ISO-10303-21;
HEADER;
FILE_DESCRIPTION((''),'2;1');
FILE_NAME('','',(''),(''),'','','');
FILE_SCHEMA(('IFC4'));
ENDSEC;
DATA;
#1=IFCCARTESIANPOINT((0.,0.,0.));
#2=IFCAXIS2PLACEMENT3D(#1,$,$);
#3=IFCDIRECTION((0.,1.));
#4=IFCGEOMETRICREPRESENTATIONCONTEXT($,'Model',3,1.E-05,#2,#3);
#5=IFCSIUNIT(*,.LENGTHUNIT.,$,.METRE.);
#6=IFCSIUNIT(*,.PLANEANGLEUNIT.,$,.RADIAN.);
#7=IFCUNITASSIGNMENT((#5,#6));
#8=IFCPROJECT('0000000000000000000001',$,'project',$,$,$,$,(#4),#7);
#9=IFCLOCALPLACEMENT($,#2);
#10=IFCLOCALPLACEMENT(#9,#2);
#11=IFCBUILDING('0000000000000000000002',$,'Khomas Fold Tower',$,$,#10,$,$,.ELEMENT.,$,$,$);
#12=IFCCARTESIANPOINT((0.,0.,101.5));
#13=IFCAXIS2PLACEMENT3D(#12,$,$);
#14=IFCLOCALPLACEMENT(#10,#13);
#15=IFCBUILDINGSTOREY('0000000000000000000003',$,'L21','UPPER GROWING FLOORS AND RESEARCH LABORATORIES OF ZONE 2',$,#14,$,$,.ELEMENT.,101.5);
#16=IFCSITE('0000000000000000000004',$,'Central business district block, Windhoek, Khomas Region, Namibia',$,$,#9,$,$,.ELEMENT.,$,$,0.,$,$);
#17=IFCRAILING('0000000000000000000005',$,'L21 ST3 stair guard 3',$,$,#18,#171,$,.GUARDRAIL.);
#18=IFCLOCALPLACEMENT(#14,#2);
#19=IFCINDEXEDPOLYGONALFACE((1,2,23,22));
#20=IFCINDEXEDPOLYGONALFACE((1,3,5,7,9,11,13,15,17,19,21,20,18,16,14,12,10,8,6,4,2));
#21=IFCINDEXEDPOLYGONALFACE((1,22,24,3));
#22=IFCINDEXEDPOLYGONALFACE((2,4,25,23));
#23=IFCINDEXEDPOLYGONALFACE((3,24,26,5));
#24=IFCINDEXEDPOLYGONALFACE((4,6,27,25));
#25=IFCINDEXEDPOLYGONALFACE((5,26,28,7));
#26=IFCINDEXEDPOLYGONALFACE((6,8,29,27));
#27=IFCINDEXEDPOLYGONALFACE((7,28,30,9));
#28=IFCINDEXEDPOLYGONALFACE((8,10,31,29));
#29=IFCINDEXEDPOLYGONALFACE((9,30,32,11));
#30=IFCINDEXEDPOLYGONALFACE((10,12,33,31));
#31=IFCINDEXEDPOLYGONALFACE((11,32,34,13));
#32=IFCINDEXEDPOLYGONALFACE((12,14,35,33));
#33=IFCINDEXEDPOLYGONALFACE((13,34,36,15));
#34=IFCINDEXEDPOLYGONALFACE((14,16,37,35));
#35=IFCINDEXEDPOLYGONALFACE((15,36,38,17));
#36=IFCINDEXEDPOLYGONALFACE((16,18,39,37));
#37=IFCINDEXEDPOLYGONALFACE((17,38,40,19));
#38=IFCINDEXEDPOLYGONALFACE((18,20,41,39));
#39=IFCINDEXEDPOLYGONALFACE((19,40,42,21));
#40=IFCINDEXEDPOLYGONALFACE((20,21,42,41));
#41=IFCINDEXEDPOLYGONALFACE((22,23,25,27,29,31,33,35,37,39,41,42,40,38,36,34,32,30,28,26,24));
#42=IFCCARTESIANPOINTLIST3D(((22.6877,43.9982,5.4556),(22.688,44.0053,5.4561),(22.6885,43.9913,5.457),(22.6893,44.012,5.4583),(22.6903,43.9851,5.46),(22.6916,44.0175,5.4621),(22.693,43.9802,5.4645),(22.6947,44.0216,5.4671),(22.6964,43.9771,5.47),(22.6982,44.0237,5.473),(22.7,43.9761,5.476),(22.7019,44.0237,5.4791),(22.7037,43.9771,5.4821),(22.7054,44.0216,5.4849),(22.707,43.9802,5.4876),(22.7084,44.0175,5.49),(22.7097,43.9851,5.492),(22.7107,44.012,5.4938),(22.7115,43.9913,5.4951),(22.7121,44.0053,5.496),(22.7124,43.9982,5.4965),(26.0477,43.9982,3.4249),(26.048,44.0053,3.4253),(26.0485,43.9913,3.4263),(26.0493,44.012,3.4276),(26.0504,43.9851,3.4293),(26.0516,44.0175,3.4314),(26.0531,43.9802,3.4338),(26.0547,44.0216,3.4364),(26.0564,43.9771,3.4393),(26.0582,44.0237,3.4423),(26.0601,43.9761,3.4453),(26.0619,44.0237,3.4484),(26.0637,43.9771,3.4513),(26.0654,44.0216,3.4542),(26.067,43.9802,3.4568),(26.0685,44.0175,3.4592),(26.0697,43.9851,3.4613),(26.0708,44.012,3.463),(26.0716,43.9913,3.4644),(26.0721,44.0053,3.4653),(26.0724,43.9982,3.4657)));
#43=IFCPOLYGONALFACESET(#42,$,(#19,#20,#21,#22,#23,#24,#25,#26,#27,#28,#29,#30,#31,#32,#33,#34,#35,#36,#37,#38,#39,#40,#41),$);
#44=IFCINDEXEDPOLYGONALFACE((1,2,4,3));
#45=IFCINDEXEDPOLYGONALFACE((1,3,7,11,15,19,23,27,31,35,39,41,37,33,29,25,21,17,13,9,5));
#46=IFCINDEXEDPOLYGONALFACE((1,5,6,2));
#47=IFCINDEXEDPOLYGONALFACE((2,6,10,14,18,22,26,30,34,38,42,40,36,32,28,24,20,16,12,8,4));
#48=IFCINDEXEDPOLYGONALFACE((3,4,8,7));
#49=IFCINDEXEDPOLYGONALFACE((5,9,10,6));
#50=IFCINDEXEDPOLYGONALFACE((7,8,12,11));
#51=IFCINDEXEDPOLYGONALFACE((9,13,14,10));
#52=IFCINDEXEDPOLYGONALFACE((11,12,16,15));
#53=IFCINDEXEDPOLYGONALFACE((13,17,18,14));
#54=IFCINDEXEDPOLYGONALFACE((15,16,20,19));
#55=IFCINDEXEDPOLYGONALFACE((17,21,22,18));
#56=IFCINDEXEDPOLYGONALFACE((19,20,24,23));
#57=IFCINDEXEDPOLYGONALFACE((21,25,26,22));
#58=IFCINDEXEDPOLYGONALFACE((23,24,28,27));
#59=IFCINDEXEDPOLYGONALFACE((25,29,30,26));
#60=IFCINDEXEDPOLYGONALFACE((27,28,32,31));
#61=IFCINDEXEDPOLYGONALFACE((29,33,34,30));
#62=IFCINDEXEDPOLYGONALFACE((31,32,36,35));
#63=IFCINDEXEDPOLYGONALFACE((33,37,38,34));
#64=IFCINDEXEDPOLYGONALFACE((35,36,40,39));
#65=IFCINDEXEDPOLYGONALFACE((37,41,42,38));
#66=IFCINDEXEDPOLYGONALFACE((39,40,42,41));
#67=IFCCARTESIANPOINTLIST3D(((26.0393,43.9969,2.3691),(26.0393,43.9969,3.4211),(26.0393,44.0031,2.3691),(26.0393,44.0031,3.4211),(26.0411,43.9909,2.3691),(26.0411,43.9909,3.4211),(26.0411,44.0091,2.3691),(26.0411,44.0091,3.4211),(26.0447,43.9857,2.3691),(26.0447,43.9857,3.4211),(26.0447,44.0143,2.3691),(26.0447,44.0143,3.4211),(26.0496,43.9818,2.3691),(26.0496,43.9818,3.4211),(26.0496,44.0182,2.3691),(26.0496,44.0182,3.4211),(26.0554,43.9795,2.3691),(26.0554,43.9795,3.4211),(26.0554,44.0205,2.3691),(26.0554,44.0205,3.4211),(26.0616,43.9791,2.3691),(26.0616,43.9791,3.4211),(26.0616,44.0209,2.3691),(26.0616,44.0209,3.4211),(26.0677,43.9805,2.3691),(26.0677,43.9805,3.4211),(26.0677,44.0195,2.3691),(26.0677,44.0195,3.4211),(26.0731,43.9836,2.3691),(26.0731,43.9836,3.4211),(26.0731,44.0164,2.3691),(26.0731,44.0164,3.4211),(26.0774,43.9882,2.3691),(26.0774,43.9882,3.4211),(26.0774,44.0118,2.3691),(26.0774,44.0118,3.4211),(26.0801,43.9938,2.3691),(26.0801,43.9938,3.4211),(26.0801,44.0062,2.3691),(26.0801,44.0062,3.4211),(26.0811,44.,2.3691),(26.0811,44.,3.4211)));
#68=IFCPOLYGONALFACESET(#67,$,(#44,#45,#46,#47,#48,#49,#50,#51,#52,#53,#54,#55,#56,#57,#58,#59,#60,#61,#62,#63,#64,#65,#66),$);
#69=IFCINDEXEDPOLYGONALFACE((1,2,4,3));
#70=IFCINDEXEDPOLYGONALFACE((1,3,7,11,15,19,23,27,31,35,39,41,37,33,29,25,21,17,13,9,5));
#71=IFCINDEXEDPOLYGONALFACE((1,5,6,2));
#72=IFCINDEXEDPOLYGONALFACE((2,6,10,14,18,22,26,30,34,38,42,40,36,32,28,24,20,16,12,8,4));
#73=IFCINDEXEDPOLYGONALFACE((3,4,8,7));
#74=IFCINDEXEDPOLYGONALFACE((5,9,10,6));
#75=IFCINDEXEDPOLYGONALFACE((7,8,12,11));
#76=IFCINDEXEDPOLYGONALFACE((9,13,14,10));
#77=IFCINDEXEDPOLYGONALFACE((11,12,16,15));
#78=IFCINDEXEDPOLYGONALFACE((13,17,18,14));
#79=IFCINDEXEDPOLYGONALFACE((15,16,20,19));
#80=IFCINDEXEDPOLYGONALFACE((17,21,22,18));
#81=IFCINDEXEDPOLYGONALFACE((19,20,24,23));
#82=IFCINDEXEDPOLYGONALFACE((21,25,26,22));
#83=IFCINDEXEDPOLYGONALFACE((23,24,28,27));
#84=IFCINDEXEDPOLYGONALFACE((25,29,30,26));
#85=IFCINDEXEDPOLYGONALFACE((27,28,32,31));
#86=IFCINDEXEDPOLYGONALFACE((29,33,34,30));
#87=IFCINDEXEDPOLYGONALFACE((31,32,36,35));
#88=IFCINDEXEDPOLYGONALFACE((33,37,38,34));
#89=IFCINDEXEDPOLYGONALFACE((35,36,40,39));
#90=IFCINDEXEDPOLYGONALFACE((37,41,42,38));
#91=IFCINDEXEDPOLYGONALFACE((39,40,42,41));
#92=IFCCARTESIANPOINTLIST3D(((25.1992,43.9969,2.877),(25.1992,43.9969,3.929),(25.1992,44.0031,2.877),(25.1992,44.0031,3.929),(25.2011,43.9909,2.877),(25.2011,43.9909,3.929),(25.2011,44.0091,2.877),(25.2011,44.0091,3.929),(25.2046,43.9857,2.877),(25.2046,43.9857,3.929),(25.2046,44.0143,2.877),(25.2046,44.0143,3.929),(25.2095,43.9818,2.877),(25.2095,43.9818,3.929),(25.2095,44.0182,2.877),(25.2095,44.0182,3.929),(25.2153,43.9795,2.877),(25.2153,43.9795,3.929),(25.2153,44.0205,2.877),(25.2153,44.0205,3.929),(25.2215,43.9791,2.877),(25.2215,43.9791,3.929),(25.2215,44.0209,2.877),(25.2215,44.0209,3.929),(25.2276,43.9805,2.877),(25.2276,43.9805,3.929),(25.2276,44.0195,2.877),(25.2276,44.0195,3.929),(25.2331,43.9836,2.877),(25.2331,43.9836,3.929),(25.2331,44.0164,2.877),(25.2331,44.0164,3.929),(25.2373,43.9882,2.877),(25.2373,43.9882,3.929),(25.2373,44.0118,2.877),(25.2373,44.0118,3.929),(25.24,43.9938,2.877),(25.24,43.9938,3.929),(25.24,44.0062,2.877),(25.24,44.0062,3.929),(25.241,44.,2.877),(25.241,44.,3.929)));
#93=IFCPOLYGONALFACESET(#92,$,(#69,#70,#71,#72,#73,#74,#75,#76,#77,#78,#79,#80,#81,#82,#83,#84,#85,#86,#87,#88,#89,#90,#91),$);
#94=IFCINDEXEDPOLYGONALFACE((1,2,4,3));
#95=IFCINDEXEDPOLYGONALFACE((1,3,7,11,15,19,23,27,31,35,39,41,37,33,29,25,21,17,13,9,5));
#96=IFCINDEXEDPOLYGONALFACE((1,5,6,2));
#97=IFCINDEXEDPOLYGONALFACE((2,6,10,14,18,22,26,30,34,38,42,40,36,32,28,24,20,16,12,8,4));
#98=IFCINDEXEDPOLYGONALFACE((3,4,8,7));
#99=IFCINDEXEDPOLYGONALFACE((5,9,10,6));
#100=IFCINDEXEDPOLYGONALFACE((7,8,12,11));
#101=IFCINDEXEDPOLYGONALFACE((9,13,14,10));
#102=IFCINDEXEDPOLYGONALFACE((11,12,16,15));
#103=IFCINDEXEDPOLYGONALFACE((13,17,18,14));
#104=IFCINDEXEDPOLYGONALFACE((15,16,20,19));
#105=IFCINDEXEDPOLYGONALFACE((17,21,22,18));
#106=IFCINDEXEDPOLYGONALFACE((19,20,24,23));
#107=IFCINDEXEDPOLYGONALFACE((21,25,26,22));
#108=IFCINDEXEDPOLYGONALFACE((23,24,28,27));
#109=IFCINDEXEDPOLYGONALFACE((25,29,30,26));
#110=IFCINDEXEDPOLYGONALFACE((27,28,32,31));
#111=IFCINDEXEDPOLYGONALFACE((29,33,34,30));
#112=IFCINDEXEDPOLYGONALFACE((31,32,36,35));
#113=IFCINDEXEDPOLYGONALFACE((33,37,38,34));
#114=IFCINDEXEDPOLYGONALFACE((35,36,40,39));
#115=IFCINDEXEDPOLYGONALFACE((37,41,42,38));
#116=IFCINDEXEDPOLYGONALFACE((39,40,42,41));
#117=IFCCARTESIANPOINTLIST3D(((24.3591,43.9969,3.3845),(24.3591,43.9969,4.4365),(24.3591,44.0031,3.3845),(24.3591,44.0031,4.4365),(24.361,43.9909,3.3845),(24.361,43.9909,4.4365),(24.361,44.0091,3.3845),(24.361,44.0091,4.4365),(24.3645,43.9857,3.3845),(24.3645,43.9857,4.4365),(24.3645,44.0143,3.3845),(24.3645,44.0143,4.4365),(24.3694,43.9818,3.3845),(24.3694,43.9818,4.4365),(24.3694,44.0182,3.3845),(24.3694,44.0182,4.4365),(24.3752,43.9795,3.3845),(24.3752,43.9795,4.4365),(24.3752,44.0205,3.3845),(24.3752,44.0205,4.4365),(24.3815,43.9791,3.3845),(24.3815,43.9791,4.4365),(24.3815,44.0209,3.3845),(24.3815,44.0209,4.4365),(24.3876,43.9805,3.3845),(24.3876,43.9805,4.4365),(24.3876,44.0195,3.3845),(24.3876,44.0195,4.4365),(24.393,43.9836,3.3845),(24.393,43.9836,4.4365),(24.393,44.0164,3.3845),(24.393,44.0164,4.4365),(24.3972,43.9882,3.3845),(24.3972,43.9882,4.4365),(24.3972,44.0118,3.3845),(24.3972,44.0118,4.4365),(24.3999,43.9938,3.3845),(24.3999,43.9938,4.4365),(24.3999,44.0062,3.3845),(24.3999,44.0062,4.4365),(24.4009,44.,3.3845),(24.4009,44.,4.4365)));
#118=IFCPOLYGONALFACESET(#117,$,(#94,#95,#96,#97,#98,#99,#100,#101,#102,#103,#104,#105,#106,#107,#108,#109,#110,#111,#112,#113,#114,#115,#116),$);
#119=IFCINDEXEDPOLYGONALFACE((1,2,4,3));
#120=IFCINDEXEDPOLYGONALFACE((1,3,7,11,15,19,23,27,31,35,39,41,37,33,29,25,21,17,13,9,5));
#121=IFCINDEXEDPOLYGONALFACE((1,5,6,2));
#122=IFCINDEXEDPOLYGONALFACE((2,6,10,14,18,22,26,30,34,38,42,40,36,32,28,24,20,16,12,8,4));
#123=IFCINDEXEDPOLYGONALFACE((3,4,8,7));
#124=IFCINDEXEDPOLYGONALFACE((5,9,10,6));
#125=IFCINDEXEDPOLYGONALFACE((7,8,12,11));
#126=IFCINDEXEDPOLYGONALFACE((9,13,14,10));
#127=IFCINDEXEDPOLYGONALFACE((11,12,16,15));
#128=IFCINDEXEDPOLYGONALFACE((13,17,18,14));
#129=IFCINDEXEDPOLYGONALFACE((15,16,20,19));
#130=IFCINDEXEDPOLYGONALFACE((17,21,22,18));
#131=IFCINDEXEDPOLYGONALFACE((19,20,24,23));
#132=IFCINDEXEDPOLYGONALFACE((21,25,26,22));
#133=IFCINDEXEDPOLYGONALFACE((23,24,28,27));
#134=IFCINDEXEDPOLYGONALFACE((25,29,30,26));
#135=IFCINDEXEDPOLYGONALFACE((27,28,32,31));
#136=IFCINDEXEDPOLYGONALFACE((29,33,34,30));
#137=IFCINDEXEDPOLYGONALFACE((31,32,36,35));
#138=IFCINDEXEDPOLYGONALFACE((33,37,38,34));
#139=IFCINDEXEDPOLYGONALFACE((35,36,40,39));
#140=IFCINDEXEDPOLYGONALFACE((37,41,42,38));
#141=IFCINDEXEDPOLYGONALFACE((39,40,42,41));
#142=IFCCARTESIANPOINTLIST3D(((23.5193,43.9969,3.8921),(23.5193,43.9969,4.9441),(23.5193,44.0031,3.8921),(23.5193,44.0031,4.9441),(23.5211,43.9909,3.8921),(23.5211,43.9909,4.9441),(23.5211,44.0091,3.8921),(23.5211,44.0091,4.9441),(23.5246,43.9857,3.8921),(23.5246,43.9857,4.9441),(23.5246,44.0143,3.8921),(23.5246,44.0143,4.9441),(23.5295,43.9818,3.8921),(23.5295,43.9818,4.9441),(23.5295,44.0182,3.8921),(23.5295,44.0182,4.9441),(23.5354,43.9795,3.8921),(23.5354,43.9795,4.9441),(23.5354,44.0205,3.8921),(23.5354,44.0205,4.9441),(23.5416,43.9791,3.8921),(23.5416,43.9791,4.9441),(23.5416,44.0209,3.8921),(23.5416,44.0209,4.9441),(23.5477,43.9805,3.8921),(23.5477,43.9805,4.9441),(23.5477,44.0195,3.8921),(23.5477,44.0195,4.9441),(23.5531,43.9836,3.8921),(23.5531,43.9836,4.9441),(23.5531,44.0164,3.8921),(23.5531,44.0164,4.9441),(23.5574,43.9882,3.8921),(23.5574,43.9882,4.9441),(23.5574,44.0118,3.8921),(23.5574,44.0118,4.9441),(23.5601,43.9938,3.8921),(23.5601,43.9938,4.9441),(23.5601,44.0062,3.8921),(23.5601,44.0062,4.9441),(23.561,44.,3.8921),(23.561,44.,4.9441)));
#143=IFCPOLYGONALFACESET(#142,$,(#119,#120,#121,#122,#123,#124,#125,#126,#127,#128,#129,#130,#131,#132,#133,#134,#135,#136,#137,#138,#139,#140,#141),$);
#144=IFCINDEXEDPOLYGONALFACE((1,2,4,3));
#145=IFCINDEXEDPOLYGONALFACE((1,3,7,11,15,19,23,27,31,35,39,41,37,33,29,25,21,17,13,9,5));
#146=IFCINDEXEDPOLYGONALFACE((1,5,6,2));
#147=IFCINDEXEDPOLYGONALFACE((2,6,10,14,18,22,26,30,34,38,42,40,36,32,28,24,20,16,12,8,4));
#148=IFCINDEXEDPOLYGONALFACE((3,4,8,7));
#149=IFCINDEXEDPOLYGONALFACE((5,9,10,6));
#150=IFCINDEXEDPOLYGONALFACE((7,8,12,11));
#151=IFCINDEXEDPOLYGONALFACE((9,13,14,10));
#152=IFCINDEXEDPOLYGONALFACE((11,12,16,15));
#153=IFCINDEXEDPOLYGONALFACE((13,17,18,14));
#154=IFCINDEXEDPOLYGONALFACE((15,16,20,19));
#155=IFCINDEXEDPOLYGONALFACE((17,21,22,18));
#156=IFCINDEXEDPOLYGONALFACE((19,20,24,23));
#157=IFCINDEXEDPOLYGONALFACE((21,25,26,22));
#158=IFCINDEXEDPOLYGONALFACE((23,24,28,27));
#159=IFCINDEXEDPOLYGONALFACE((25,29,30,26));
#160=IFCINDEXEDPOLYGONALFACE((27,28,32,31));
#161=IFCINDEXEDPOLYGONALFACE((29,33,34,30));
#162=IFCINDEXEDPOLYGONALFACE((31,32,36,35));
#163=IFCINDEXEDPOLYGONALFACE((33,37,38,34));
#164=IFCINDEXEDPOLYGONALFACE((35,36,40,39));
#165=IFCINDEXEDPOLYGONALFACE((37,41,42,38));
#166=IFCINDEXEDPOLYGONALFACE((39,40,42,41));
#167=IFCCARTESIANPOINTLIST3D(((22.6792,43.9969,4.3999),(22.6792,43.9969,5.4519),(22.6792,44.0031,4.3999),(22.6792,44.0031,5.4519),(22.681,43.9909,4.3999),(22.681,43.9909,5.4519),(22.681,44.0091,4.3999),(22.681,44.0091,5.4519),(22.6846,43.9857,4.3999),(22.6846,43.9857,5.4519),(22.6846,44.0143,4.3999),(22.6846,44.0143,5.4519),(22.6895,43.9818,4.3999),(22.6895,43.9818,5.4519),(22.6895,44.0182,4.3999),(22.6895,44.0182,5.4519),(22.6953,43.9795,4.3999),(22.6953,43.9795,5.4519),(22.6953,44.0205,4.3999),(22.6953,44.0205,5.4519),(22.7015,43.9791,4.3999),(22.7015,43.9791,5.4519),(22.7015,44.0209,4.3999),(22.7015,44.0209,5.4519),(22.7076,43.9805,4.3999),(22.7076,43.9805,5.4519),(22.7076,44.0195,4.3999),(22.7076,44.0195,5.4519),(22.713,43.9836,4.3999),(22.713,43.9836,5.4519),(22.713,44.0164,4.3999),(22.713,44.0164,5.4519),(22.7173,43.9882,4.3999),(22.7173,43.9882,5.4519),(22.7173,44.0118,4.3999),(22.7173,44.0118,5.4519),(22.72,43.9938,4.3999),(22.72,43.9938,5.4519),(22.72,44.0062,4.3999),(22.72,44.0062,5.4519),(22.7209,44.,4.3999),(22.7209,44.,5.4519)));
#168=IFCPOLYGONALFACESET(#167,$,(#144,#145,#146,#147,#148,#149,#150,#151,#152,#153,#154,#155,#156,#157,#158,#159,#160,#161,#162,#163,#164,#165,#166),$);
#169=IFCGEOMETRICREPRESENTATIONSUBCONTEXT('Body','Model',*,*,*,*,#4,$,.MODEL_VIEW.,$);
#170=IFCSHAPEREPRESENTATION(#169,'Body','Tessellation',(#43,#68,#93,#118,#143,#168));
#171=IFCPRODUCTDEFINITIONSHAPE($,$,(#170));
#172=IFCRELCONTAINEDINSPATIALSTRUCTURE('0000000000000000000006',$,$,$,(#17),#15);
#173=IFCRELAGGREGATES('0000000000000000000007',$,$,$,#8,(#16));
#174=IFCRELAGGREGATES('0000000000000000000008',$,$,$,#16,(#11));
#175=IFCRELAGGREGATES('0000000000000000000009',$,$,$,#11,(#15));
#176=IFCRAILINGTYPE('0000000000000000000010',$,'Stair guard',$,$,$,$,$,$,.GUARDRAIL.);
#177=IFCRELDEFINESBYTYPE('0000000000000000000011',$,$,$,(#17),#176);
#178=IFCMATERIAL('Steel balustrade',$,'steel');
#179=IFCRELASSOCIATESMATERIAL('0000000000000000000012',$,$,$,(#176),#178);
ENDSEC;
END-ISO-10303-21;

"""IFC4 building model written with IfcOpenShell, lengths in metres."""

from ifc_helpers import new_model, si_unit, direction, frame, origin, origin_2d, place, context, subcontext, project, spatial, circle, extrude, source, transform, mapped, material, type_object, element, save


model = new_model("IFC4")

# Units and contexts
model_context = context("Model", 3, precision=1e-05, world=origin(), true_north=direction((0.0, 1.0)))
body_context = subcontext(model_context, "Body", "Model", "MODEL_VIEW")
ifc_project = project(units=[si_unit("LENGTHUNIT", "METRE"), si_unit("PLANEANGLEUNIT", "RADIAN")], contexts=[model_context])

# Site, building, storey
site_placement = place(None, origin())
site = spatial("IfcSite", under=ifc_project, at=site_placement, Name="Central business district block, Windhoek, Khomas Region, Namibia", CompositionType="ELEMENT", RefElevation=0.0)
building_placement = place(site_placement, origin())
building = spatial("IfcBuilding", under=site, at=building_placement, Name="Khomas Fold Tower", CompositionType="ELEMENT")
storey_placement = place(building_placement, frame((0.0, 0.0, 101.5)))
storey = spatial("IfcBuildingStorey", under=building, at=storey_placement, Name="L21", Description="UPPER GROWING FLOORS AND RESEARCH LABORATORIES OF ZONE 2", CompositionType="ELEMENT", Elevation=101.5)

# Railing
ifc_material_1 = material(Name="Steel balustrade", Category="steel")
railing_type_1 = type_object("IfcRailingType", Name="Stair guard", PredefinedType="GUARDRAIL", material=ifc_material_1)
shared_shape_1 = source(origin(), body_context, "Body", "SweptSolid", [
    extrude(circle(Radius=0.0239, at=origin_2d()), frame((0.0, 0.0, 1.0762), z_axis=(-0.855837, 0.0, 0.517246), x_axis=(0.0, -1.0, 0.0)), (0.0, 0.0, 1.0), 3.926),
    extrude(circle(Radius=0.021, at=origin_2d()), origin(), (0.0, 0.0, 1.0), 1.052),
    extrude(circle(Radius=0.021, at=origin_2d()), frame((-0.8401, 0.0, 0.5078)), (0.0, 0.0, 1.0), 1.052),
    extrude(circle(Radius=0.021, at=origin_2d()), frame((-1.6802, 0.0, 1.0154)), (0.0, 0.0, 1.0), 1.052),
    extrude(circle(Radius=0.021, at=origin_2d()), frame((-2.52, 0.0, 1.5229)), (0.0, 0.0, 1.0), 1.052),
    extrude(circle(Radius=0.021, at=origin_2d()), frame((-3.3601, 0.0, 2.0308)), (0.0, 0.0, 1.0), 1.052),
])
railing_1_placement = place(storey_placement, frame((26.0601, 44.0, 2.3691)))
element("IfcRailing", 1, at=railing_1_placement, inside=storey, type_object=railing_type_1, Name="L21 ST3 stair guard 3", PredefinedType="GUARDRAIL", context=body_context, shape_type="MappedRepresentation", body=[
    mapped(shared_shape_1, transform((0.0, 0.0, 0.0))),
])

save(model, "model.ifc")
